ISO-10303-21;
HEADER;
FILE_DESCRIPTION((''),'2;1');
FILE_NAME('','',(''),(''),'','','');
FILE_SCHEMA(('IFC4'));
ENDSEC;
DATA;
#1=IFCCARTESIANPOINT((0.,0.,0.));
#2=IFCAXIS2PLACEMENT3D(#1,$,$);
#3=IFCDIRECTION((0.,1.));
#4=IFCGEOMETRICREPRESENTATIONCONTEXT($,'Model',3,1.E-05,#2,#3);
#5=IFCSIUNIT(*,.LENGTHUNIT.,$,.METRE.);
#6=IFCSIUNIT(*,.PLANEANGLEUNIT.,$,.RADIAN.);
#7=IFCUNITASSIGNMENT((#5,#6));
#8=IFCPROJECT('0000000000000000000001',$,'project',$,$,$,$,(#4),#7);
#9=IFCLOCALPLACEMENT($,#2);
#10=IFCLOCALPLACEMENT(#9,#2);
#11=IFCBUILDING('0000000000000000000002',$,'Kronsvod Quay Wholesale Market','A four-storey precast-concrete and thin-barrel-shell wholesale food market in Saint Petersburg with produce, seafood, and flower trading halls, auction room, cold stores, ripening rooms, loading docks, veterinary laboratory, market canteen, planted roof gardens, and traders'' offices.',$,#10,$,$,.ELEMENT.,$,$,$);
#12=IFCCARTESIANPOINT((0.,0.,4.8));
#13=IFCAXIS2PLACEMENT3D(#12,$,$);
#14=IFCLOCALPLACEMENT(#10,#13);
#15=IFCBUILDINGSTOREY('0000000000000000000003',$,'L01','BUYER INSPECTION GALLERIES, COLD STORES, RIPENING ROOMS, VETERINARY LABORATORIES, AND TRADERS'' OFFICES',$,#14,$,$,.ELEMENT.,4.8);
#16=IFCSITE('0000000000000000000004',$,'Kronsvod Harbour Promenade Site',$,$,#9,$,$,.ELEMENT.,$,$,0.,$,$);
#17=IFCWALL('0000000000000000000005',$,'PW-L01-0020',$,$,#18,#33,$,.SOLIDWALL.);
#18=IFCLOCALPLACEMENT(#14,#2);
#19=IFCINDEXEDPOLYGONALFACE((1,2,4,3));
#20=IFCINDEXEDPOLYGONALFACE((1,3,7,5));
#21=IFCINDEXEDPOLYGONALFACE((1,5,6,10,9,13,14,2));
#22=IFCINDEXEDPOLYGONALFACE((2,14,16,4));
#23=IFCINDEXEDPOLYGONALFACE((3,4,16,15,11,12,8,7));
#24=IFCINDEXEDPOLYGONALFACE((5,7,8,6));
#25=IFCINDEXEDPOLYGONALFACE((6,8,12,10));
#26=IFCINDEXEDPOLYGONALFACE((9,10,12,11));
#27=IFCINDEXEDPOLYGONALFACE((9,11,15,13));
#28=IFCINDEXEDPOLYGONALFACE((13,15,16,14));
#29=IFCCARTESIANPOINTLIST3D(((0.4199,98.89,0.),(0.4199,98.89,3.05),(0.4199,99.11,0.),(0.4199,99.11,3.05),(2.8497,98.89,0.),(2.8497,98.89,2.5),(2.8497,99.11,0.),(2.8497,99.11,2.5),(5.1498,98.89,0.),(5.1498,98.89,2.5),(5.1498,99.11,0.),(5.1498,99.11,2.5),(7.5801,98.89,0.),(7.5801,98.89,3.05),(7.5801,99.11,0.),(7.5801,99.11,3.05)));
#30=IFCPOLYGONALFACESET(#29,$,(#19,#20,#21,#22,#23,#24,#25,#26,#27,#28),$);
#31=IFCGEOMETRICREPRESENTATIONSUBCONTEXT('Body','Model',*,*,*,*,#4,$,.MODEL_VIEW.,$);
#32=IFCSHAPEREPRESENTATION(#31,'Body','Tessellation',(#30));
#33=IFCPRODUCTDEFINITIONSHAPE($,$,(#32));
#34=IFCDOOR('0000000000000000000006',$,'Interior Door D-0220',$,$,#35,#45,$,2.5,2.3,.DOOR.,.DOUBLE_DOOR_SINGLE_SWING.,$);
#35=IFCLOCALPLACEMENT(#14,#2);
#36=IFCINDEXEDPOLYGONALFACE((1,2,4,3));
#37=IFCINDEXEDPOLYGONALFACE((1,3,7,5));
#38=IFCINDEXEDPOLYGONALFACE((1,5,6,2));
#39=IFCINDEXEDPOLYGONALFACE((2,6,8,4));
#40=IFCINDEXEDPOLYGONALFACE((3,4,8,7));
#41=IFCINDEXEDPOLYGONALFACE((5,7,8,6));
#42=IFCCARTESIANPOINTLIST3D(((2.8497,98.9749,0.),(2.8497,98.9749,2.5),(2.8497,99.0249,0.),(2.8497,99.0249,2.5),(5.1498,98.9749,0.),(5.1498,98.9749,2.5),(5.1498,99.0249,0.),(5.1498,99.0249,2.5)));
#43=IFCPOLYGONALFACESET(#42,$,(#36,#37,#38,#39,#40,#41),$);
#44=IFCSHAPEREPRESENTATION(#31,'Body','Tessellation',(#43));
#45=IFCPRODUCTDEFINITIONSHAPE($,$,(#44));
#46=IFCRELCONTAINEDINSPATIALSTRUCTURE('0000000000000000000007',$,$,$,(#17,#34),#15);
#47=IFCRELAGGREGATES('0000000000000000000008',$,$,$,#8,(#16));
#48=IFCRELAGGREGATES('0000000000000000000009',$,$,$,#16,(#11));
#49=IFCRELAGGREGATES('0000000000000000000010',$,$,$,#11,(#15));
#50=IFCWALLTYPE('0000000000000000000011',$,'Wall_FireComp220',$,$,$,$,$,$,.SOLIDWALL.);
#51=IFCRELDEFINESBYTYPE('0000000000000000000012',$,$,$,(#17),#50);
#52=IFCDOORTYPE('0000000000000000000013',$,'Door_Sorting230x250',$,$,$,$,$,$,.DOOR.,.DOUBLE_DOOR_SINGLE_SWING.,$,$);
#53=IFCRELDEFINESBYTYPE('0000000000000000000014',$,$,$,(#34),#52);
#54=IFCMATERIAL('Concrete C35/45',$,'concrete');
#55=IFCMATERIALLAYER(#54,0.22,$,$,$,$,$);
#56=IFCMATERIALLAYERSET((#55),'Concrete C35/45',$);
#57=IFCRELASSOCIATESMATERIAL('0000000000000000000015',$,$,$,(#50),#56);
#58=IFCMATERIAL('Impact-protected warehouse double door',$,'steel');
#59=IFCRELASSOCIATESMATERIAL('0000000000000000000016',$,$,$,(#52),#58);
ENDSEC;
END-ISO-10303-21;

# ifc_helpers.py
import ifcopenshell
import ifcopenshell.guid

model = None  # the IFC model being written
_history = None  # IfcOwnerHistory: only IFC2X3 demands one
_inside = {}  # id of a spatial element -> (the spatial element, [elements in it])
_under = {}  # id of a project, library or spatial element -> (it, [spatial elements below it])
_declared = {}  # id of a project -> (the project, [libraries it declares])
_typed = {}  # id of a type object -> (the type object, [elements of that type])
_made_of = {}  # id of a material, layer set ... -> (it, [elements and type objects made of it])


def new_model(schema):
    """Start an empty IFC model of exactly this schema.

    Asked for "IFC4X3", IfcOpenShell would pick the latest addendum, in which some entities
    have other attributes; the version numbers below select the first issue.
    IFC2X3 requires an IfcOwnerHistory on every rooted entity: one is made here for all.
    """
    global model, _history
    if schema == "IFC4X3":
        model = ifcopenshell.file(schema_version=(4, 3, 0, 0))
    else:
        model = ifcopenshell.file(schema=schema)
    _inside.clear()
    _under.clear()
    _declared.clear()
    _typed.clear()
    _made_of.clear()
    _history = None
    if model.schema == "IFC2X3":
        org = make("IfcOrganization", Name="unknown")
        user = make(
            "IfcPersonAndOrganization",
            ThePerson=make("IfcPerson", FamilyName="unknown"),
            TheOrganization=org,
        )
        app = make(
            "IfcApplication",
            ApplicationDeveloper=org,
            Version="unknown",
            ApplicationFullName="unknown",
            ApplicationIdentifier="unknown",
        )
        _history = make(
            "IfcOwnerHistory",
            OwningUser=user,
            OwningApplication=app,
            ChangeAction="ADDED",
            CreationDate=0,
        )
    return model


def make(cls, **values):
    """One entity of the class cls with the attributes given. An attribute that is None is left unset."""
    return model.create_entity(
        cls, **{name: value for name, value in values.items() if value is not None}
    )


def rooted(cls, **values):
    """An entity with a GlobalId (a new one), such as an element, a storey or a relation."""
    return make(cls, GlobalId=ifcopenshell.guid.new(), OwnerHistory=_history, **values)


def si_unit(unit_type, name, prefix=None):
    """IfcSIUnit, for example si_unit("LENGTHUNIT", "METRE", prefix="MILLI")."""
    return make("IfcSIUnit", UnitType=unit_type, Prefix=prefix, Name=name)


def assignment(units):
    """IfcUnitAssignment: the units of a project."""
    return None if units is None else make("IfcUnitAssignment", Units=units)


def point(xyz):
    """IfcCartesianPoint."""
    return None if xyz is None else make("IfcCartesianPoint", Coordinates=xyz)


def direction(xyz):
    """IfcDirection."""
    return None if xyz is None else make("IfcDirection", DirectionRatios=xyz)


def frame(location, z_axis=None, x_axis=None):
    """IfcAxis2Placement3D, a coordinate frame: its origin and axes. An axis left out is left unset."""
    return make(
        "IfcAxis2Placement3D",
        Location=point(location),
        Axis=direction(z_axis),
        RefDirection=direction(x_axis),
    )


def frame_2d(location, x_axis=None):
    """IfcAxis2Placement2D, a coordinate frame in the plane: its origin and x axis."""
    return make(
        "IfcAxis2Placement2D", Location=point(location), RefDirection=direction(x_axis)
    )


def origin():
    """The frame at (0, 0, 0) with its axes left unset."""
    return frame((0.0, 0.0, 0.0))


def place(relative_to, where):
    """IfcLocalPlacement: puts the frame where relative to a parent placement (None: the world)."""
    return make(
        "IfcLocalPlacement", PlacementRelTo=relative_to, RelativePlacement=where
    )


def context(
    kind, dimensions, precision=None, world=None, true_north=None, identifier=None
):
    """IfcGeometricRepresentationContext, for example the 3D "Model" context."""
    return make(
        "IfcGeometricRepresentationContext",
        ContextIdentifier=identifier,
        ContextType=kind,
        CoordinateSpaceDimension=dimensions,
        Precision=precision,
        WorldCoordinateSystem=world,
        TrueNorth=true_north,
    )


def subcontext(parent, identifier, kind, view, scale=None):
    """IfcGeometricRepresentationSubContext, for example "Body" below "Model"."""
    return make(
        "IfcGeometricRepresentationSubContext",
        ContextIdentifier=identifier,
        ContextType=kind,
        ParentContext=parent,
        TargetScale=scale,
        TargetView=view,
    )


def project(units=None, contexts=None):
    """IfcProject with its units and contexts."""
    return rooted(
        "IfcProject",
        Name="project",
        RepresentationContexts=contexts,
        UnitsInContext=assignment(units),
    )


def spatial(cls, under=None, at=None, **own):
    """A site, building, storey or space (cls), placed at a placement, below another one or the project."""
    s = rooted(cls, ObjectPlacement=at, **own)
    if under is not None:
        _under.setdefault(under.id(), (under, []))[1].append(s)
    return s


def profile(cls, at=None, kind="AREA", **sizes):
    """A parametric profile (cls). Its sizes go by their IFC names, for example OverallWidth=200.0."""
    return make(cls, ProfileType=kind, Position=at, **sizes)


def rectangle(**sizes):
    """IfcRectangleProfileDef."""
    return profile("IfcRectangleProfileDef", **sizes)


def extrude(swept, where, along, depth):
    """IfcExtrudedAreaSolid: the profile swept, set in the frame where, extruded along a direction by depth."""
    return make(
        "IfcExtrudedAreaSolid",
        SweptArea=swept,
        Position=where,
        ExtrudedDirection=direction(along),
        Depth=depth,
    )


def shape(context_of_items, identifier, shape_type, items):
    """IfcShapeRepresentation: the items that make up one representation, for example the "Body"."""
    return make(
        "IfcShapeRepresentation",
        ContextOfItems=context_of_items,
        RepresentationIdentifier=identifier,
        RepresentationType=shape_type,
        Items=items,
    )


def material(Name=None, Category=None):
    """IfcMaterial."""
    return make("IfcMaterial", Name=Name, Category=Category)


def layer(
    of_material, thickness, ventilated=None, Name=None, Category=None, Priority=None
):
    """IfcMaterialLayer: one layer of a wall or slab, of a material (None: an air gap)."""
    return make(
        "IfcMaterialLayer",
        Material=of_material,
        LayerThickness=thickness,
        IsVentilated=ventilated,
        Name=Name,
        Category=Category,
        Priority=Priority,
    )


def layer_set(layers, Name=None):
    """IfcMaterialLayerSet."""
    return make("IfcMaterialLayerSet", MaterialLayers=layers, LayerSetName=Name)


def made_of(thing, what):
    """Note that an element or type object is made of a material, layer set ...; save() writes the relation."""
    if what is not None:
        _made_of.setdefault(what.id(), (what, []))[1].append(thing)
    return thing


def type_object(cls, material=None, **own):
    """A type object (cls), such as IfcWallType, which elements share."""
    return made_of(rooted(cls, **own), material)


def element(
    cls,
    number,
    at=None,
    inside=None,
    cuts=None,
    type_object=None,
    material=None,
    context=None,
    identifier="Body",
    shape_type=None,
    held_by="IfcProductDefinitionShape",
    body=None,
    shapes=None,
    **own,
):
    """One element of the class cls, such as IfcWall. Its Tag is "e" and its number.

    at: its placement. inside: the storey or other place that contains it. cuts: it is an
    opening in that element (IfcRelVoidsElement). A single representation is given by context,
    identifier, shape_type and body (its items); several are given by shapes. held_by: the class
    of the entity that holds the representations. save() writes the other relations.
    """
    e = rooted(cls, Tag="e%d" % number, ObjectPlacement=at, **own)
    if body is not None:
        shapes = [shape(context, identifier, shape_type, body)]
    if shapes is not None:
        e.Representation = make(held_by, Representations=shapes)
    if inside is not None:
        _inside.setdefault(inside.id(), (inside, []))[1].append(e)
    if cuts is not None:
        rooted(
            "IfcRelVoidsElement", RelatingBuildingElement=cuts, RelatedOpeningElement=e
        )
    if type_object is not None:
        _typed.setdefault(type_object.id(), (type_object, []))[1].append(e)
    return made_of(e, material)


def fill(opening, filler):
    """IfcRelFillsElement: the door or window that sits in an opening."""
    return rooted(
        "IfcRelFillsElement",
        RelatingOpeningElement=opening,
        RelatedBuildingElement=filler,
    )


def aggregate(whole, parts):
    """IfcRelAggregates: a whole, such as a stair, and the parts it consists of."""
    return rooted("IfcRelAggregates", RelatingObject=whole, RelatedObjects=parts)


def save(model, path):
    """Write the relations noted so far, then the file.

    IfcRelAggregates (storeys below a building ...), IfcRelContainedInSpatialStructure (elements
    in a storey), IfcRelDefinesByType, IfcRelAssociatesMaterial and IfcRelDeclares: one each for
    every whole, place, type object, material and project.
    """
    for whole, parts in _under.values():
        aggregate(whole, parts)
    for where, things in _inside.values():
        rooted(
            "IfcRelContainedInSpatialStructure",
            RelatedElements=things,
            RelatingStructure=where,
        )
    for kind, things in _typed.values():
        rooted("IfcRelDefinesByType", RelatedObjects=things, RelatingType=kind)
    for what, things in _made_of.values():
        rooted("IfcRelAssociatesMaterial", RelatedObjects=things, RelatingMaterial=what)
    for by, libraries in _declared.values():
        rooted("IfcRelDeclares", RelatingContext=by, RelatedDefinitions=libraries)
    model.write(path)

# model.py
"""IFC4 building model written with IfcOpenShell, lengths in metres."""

from ifc_helpers import new_model, si_unit, direction, frame, frame_2d, origin, place, context, subcontext, project, spatial, rectangle, extrude, material, layer, layer_set, type_object, element, fill, save


model = new_model("IFC4")

# Units and contexts
model_context = context("Model", 3, precision=1e-05, world=origin(), true_north=direction((0.0, 1.0)))
body_context = subcontext(model_context, "Body", "Model", "MODEL_VIEW")
ifc_project = project(units=[si_unit("LENGTHUNIT", "METRE"), si_unit("PLANEANGLEUNIT", "RADIAN")], contexts=[model_context])

# Site, building, storey
site_placement = place(None, origin())
site = spatial("IfcSite", under=ifc_project, at=site_placement, Name="Kronsvod Harbour Promenade Site", CompositionType="ELEMENT", RefElevation=0.0)
building_placement = place(site_placement, origin())
building = spatial("IfcBuilding", under=site, at=building_placement, Name="Kronsvod Quay Wholesale Market", Description="A four-storey precast-concrete and thin-barrel-shell wholesale food market in Saint Petersburg with produce, seafood, and flower trading halls, auction room, cold stores, ripening rooms, loading docks, veterinary laboratory, market canteen, planted roof gardens, and traders' offices.", CompositionType="ELEMENT")
storey_placement = place(building_placement, frame((0.0, 0.0, 4.8)))
storey = spatial("IfcBuildingStorey", under=building, at=storey_placement, Name="L01", Description="BUYER INSPECTION GALLERIES, COLD STORES, RIPENING ROOMS, VETERINARY LABORATORIES, AND TRADERS' OFFICES", CompositionType="ELEMENT", Elevation=4.8)

# Wall, opening, door
ifc_material_1 = material(Name="Concrete C35/45", Category="concrete")
ifc_layer_1 = layer(ifc_material_1, 0.22)
ifc_layer_set_1 = layer_set([ifc_layer_1], Name="Concrete C35/45")
wall_type_1 = type_object("IfcWallType", Name="Wall_FireComp220", PredefinedType="SOLIDWALL", material=ifc_layer_set_1)
wall_1_placement = place(storey_placement, frame((0.4199, 99.0, 0.0), z_axis=(0.0, 0.0, 1.0), x_axis=(1.0, 0.0, 0.0)))
wall_1 = element("IfcWall", 1, at=wall_1_placement, inside=storey, type_object=wall_type_1, Name="PW-L01-0020", PredefinedType="SOLIDWALL", context=body_context, shape_type="SweptSolid", body=[
    extrude(rectangle(XDim=7.1602, YDim=0.22, at=frame_2d((3.5801, 0.0))), origin(), (0.0, 0.0, 1.0), 3.05),
])
opening_1_placement = place(wall_1_placement, frame((2.4299, 0.0, 0.0)))
opening_1 = element("IfcOpeningElement", 2, at=opening_1_placement, cuts=wall_1, PredefinedType="OPENING", context=body_context, shape_type="SweptSolid", body=[
    extrude(rectangle(XDim=2.3, YDim=2.5, at=frame_2d((1.1499, 1.25))), frame((0.0, 0.1201, 0.0), z_axis=(0.0, -1.0, 0.0), x_axis=(1.0, 0.0, 0.0)), (0.0, 0.0, 1.0), 0.24),
])
ifc_material_2 = material(Name="Impact-protected warehouse double door", Category="steel")
door_type = type_object("IfcDoorType", Name="Door_Sorting230x250", OperationType="DOUBLE_DOOR_SINGLE_SWING", PredefinedType="DOOR", material=ifc_material_2)
door_placement = place(opening_1_placement, origin())
door = element("IfcDoor", 3, at=door_placement, inside=storey, type_object=door_type, Name="Interior Door D-0220", OperationType="DOUBLE_DOOR_SINGLE_SWING", OverallHeight=2.5, OverallWidth=2.3, PredefinedType="DOOR", context=body_context, shape_type="SweptSolid", body=[
    extrude(rectangle(XDim=2.3, YDim=2.5, at=frame_2d((1.1499, 1.25))), frame((0.0, 0.0249, 0.0), z_axis=(0.0, -1.0, 0.0), x_axis=(1.0, 0.0, 0.0)), (0.0, 0.0, 1.0), 0.05),
])
fill(opening_1, door)

save(model, "model.ifc")
